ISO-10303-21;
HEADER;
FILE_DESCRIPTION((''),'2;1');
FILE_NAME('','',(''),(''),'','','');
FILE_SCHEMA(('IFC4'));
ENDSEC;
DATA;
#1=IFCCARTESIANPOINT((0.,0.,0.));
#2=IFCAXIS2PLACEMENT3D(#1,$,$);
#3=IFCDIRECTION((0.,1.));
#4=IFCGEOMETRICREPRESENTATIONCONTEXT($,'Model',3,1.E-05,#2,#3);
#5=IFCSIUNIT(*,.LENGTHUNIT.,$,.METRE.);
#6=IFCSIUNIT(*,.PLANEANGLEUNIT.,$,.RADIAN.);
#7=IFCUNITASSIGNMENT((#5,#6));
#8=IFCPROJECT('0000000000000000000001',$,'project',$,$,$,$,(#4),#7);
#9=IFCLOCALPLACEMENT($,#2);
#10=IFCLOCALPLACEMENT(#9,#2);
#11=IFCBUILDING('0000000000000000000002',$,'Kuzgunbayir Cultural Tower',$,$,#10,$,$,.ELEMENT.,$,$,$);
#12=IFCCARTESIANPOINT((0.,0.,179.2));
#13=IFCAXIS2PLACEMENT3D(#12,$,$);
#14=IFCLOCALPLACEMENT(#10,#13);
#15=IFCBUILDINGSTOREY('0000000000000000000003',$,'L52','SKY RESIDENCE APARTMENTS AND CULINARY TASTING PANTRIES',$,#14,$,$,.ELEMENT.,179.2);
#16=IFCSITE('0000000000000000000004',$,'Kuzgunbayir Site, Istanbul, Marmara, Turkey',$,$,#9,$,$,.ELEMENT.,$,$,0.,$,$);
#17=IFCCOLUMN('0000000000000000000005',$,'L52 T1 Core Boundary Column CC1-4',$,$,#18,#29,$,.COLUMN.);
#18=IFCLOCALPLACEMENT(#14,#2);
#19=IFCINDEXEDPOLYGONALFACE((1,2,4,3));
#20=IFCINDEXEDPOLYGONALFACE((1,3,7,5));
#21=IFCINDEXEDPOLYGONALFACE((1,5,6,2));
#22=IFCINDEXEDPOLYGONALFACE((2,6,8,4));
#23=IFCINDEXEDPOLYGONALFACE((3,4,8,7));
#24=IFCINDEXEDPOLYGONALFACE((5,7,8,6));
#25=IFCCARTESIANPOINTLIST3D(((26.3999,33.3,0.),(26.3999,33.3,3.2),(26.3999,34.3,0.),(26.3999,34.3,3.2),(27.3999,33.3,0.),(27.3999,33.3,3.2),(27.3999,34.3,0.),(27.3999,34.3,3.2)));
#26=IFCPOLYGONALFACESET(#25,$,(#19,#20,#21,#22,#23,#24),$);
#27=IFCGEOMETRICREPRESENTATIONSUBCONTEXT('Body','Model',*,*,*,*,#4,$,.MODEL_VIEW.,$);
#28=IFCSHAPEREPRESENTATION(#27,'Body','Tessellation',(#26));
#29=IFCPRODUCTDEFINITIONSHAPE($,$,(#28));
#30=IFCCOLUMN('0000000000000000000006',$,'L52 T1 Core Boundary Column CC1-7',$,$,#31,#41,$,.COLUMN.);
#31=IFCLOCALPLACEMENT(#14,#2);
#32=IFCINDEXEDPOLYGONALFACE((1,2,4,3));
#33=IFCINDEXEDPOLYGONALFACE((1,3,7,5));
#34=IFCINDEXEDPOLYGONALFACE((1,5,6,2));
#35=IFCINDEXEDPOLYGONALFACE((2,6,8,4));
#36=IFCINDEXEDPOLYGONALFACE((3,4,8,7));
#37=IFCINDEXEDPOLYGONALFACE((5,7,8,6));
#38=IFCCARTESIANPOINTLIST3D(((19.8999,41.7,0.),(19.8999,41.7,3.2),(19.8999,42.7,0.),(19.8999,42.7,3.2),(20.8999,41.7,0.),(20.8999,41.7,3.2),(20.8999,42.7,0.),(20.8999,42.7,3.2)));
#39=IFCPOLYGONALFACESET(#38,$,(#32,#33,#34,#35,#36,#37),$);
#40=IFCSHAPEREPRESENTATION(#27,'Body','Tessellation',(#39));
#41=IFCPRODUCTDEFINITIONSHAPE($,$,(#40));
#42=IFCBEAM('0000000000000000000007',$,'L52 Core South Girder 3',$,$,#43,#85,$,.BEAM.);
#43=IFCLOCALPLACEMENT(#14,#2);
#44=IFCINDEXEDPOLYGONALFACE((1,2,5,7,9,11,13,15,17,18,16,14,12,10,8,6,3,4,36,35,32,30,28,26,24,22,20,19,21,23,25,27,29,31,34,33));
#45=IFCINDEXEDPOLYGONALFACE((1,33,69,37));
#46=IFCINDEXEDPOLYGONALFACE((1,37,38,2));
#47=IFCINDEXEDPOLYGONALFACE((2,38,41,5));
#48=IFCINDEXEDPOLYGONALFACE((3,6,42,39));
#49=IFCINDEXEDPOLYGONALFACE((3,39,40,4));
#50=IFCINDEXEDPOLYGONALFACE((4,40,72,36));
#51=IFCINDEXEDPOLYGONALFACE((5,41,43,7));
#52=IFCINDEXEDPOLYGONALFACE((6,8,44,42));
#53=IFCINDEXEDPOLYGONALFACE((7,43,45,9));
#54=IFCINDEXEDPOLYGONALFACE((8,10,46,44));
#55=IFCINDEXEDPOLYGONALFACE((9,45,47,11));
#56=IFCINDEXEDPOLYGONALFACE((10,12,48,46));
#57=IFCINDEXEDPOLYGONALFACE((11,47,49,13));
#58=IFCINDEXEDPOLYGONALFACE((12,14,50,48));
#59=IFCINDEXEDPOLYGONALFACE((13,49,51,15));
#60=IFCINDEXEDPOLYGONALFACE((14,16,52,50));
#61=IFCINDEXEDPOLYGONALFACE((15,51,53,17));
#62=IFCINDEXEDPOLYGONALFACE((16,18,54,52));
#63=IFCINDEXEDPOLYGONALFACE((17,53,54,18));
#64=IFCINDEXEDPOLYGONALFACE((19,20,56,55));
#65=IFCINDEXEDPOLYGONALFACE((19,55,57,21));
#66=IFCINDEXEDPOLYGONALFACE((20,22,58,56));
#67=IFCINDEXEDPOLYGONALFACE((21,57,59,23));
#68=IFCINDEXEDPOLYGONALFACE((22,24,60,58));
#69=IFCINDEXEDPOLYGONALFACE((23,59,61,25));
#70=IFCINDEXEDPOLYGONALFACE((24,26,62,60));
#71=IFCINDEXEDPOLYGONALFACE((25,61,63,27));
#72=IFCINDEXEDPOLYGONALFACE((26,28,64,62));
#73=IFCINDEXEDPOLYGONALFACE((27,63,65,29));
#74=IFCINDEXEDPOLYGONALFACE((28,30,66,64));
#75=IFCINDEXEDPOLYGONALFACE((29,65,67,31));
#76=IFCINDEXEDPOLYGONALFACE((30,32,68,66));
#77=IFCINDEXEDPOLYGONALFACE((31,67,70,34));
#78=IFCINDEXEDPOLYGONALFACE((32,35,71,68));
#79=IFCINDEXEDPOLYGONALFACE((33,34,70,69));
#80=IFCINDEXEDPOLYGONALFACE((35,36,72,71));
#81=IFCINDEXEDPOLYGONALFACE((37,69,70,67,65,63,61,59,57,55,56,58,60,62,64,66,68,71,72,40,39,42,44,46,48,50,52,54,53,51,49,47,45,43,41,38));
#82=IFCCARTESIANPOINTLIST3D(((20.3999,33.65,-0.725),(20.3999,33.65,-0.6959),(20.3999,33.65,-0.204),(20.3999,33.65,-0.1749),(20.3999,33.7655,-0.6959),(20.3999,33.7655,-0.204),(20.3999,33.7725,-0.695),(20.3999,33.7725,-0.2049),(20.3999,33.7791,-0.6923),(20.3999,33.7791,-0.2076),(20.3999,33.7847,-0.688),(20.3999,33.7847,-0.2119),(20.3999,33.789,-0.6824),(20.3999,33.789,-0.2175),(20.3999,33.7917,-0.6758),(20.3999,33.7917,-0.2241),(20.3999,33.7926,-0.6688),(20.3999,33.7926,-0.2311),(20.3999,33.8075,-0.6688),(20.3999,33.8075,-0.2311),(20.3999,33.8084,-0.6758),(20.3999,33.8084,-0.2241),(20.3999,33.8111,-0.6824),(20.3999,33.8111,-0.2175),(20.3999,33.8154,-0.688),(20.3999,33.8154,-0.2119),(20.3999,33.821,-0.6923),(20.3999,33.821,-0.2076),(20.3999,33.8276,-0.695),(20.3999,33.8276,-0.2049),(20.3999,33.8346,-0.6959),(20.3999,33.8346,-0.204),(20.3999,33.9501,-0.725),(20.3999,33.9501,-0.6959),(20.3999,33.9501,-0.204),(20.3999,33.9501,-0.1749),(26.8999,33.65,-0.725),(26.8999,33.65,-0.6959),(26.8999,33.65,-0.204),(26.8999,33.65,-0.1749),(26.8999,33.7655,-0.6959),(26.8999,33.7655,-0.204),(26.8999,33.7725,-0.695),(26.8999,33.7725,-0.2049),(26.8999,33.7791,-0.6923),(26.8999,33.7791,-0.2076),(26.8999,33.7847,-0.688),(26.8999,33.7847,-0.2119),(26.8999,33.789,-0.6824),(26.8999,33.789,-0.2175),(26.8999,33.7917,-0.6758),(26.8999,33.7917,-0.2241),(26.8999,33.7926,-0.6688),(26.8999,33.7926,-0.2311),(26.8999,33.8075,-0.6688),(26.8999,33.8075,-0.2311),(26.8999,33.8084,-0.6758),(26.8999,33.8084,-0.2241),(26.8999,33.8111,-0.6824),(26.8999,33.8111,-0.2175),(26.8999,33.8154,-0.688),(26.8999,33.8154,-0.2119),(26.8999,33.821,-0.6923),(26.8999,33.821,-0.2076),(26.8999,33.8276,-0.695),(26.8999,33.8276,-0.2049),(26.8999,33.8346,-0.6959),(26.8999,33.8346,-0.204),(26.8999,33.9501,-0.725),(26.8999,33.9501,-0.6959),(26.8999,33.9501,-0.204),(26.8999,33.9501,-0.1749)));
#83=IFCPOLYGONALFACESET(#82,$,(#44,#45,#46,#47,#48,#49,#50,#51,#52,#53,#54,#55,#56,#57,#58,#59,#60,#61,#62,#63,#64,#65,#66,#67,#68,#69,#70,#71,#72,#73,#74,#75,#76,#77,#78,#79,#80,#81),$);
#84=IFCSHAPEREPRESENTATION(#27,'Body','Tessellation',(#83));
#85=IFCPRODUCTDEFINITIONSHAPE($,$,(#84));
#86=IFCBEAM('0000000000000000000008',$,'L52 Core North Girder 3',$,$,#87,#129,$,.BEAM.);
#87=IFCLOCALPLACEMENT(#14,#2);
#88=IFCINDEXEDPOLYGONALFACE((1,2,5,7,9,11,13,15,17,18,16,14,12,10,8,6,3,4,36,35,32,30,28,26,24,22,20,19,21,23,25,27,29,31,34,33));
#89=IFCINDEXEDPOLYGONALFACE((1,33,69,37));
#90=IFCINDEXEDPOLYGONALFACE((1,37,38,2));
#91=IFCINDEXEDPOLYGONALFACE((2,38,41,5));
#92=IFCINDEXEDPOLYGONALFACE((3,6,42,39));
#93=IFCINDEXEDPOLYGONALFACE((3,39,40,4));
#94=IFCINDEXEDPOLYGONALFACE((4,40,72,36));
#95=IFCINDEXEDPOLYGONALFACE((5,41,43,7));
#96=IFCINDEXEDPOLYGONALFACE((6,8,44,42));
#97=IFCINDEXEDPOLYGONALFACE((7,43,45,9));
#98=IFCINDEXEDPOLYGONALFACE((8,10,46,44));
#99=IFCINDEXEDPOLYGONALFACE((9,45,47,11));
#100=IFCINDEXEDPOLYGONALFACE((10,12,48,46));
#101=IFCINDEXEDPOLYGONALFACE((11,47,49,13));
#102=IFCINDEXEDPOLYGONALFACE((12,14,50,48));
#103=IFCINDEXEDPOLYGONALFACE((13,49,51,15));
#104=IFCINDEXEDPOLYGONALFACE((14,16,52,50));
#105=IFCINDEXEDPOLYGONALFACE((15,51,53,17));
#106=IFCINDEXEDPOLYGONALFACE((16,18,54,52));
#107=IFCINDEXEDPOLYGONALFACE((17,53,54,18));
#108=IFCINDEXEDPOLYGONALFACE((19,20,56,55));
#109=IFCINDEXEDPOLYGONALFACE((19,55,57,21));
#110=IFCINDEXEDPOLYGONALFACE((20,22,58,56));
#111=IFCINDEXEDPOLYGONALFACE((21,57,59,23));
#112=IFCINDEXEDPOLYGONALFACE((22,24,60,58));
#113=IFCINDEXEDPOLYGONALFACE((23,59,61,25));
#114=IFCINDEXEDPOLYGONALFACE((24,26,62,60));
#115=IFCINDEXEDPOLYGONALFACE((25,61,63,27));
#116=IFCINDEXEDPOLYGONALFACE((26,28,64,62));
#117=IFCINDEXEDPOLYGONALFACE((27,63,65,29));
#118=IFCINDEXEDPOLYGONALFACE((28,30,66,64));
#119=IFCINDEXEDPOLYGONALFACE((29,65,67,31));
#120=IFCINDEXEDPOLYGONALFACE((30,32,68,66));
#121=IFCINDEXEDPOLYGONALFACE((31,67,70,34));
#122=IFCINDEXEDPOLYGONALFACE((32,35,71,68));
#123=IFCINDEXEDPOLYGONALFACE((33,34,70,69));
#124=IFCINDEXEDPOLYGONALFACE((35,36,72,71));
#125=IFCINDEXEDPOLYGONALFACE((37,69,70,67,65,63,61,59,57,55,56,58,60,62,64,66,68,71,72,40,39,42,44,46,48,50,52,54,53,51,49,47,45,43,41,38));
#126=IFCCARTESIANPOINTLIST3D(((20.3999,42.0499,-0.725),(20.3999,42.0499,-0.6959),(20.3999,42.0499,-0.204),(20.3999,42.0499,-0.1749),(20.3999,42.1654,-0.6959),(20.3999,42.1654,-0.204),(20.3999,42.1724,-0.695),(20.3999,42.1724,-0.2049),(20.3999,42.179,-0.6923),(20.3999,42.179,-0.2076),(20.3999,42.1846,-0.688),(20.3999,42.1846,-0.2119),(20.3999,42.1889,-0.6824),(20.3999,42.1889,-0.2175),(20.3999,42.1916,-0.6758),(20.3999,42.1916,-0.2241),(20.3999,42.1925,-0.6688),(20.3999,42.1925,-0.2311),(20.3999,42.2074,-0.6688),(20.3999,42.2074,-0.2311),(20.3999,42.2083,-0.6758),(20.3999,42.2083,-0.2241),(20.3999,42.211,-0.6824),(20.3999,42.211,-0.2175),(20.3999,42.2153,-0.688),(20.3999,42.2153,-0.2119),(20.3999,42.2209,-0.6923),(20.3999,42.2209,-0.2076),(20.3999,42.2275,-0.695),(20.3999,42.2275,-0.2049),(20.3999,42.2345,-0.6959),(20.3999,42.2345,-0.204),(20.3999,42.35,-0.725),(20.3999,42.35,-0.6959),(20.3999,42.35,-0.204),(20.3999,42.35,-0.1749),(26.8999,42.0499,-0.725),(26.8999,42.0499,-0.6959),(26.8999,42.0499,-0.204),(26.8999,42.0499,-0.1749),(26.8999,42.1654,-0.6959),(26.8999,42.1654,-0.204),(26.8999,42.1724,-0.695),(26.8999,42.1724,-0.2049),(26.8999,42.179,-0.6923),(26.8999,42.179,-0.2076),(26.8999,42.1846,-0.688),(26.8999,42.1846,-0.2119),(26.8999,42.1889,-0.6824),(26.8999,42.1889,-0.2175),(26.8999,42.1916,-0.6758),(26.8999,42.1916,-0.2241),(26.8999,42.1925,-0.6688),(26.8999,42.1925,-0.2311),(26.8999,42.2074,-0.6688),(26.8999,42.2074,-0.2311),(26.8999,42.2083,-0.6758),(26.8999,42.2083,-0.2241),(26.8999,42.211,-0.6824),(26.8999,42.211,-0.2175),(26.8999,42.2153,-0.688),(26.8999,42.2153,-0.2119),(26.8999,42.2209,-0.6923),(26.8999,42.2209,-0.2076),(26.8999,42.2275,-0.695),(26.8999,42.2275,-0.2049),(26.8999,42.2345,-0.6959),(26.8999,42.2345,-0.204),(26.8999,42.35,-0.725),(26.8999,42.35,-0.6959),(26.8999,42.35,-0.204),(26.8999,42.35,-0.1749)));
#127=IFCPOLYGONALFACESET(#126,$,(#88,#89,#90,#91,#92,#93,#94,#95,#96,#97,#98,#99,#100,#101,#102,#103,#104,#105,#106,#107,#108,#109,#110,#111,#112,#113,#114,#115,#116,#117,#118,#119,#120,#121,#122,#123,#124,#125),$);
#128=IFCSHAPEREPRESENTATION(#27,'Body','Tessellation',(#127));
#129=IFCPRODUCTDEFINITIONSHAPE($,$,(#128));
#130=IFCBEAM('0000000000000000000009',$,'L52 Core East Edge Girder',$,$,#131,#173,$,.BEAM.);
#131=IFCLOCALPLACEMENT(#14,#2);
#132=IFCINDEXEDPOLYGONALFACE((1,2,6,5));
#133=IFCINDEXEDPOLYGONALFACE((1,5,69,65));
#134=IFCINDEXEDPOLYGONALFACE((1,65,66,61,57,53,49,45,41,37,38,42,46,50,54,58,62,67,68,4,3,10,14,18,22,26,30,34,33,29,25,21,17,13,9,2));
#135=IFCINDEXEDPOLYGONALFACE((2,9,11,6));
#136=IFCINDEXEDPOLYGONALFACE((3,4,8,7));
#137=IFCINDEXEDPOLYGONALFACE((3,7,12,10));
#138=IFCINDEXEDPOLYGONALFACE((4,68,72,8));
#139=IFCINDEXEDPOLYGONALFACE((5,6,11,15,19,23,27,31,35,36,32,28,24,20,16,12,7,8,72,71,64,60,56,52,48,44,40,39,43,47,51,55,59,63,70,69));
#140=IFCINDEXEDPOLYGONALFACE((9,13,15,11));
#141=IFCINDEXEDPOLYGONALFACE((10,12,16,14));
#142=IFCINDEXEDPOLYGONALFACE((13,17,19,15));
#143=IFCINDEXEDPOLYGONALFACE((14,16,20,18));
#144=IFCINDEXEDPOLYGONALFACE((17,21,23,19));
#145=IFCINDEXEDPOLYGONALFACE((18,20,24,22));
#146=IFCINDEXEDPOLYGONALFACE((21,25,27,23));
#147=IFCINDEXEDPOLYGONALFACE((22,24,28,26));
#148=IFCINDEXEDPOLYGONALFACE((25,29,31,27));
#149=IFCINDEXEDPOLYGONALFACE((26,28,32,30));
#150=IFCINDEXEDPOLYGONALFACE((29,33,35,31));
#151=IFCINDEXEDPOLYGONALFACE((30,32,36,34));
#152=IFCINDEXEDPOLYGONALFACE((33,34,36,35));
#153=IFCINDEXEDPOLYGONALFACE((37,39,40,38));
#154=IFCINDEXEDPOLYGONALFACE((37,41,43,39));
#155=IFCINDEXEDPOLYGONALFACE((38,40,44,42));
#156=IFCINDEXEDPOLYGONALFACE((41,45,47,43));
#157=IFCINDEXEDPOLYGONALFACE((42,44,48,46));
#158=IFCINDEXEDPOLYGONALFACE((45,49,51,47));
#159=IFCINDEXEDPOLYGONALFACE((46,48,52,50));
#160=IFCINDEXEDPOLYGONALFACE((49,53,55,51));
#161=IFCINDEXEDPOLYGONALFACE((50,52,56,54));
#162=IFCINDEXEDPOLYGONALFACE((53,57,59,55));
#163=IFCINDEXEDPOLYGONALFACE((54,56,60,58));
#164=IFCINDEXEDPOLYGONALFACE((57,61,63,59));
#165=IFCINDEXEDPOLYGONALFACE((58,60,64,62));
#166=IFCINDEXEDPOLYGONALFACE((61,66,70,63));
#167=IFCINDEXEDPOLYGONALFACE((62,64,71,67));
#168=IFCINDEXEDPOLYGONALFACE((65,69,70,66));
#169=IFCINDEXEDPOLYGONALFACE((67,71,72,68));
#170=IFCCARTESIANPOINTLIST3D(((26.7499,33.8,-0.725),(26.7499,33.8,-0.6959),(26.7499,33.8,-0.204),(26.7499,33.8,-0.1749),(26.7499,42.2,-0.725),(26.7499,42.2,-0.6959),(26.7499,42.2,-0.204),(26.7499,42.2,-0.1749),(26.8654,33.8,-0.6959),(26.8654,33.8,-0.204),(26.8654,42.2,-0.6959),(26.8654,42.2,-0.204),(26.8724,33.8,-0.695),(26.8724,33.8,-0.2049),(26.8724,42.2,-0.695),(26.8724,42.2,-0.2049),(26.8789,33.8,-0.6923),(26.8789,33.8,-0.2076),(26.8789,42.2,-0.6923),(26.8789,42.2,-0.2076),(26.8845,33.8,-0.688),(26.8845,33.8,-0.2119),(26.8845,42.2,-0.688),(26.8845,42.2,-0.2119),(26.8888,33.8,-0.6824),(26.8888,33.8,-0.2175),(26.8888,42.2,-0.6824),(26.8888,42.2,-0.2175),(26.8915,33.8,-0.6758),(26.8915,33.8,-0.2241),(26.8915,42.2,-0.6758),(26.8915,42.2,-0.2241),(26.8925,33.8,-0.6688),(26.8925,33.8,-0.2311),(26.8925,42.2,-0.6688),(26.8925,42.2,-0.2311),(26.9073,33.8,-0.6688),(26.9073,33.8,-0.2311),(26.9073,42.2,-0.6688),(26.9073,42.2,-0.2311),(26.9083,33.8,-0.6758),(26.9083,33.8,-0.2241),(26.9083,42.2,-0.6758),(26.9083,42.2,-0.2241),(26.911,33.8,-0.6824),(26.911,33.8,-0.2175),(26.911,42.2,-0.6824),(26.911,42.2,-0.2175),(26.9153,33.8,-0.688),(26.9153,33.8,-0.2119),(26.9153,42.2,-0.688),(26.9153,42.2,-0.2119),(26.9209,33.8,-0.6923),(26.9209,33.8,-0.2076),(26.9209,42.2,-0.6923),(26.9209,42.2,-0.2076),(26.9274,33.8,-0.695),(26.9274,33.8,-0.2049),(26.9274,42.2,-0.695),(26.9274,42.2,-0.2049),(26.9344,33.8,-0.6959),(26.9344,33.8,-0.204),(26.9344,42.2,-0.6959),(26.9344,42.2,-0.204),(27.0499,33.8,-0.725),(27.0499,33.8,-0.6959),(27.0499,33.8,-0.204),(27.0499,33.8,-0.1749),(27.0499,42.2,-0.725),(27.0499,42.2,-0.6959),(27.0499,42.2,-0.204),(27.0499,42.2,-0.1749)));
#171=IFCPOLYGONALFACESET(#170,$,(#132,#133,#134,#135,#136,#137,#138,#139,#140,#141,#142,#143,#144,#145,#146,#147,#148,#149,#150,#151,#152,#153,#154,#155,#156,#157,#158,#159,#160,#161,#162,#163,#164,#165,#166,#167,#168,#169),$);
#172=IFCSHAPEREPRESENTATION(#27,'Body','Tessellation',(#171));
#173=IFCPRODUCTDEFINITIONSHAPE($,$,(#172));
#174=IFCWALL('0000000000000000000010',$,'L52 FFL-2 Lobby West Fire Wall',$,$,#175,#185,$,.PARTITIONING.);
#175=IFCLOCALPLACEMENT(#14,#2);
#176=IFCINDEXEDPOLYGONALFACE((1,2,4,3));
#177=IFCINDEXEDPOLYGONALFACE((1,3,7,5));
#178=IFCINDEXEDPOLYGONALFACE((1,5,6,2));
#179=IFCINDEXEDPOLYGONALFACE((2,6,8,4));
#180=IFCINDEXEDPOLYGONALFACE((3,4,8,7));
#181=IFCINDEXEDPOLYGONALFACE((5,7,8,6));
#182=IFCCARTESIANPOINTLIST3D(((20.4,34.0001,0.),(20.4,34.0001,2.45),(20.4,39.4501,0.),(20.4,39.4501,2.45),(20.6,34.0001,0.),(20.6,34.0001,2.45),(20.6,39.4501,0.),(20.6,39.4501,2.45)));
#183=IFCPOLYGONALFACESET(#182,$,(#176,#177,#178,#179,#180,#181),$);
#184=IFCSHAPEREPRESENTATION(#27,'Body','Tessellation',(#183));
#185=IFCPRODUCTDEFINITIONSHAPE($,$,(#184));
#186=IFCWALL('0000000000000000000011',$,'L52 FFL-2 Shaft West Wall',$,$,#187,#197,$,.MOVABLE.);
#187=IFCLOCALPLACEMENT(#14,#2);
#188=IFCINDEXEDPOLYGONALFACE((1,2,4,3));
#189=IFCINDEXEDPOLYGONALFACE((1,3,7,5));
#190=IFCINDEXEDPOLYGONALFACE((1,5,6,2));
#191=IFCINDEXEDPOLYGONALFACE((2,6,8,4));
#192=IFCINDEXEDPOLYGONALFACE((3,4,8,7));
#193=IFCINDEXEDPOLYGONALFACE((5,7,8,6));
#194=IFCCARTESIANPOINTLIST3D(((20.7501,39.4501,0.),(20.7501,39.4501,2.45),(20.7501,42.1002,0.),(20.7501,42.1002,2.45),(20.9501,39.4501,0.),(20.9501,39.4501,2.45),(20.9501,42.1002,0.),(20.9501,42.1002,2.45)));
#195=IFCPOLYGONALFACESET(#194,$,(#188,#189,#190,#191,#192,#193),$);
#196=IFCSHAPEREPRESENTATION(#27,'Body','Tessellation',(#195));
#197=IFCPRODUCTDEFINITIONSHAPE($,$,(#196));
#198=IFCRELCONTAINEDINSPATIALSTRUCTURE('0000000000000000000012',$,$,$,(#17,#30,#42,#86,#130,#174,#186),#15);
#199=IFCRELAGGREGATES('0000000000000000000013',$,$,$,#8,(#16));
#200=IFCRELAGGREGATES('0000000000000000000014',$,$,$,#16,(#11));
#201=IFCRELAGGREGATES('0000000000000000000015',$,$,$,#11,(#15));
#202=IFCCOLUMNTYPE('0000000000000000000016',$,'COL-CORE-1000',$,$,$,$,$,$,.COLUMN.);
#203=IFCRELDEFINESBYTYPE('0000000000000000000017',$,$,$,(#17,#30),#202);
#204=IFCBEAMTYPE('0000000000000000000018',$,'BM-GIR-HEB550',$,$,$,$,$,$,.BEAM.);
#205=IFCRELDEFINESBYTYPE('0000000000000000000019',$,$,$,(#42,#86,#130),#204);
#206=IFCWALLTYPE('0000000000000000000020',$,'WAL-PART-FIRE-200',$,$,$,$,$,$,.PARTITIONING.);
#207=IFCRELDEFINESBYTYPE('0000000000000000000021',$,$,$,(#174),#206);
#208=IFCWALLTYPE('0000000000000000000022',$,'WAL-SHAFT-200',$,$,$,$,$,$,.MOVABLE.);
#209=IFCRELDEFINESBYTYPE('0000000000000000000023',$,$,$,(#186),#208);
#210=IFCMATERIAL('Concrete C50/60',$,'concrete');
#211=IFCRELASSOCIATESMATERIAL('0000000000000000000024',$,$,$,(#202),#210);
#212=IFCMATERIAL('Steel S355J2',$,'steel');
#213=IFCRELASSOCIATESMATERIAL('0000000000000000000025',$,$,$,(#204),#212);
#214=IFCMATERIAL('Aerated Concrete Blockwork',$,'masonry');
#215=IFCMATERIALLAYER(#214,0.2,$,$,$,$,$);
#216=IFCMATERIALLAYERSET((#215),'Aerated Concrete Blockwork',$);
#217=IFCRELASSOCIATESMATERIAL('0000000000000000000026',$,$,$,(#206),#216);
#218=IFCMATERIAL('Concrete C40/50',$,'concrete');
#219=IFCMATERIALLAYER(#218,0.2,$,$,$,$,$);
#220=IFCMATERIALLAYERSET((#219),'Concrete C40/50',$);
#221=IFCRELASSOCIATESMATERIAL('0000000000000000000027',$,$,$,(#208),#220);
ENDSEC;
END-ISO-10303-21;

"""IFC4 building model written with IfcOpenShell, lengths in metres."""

from ifc_helpers import new_model, si_unit, direction, frame, frame_2d, origin, origin_2d, place, context, subcontext, project, spatial, rectangle, i_section, extrude, material, layer, layer_set, material_profile, profile_set, type_object, element, save


model = new_model("IFC4")

# Units and contexts
model_context = context("Model", 3, precision=1e-05, world=origin(), true_north=direction((0.0, 1.0)))
body_context = subcontext(model_context, "Body", "Model", "MODEL_VIEW")
ifc_project = project(units=[si_unit("LENGTHUNIT", "METRE"), si_unit("PLANEANGLEUNIT", "RADIAN")], contexts=[model_context])

# Site, building, storey
site_placement = place(None, origin())
site = spatial("IfcSite", under=ifc_project, at=site_placement, Name="Kuzgunbayir Site, Istanbul, Marmara, Turkey", CompositionType="ELEMENT", RefElevation=0.0)
building_placement = place(site_placement, origin())
building = spatial("IfcBuilding", under=site, at=building_placement, Name="Kuzgunbayir Cultural Tower", CompositionType="ELEMENT")
storey_placement = place(building_placement, frame((0.0, 0.0, 179.2)))
storey = spatial("IfcBuildingStorey", under=building, at=storey_placement, Name="L52", Description="SKY RESIDENCE APARTMENTS AND CULINARY TASTING PANTRIES", CompositionType="ELEMENT", Elevation=179.2)

# Columns
ifc_material_1 = material(Name="Concrete C50/60", Category="concrete")
ifc_material_profile_1 = material_profile(ifc_material_1, rectangle(XDim=1.0, YDim=1.0, at=origin_2d()), Name="RC 1000x1000")
ifc_profile_set_1 = profile_set([ifc_material_profile_1], Name="Concrete C50/60")
column_type = type_object("IfcColumnType", Name="COL-CORE-1000", PredefinedType="COLUMN", material=ifc_profile_set_1)
for number, where, z_axis, x_axis, name in (
    (1, (26.8999, 33.8, 0.0), (0.0, 0.0, 1.0), (1.0, 0.0, 0.0), "L52 T1 Core Boundary Column CC1-4"),
    (2, (20.3999, 42.2, 0.0), (0.0, 0.0, 1.0), (1.0, 0.0, 0.0), "L52 T1 Core Boundary Column CC1-7"),
):
    element("IfcColumn", number, at=place(storey_placement, frame(where, z_axis=z_axis, x_axis=x_axis)), inside=storey, type_object=column_type, Name=name, PredefinedType="COLUMN", context=body_context, shape_type="SweptSolid", body=[
        extrude(rectangle(XDim=1.0, YDim=1.0, at=origin_2d()), origin(), (0.0, 0.0, 1.0), 3.2),
    ])

# Beams
ifc_material_2 = material(Name="Steel S355J2", Category="steel")
ifc_material_profile_2 = material_profile(ifc_material_2, i_section(OverallWidth=0.3, OverallDepth=0.55, WebThickness=0.0149, FlangeThickness=0.0291, FilletRadius=0.0271, at=origin_2d()), Name="HEB 550")
ifc_profile_set_2 = profile_set([ifc_material_profile_2], Name="Steel S355J2")
beam_type = type_object("IfcBeamType", Name="BM-GIR-HEB550", PredefinedType="BEAM", material=ifc_profile_set_2)
for number, where, z_axis, x_axis, name in (
    (3, (20.3999, 33.8, -0.45), (1.0, 0.0, 0.0), (0.0, 1.0, 0.0), "L52 Core South Girder 3"),
    (4, (20.3999, 42.2, -0.45), (1.0, 0.0, 0.0), (0.0, 1.0, 0.0), "L52 Core North Girder 3"),
):
    element("IfcBeam", number, at=place(storey_placement, frame(where, z_axis=z_axis, x_axis=x_axis)), inside=storey, type_object=beam_type, Name=name, PredefinedType="BEAM", context=body_context, shape_type="SweptSolid", body=[
        extrude(i_section(OverallWidth=0.3, OverallDepth=0.55, WebThickness=0.0149, FlangeThickness=0.0291, FilletRadius=0.0271, at=origin_2d()), origin(), (0.0, 0.0, 1.0), 6.5),
    ])
beam_placement = place(storey_placement, frame((26.8999, 33.8, -0.45), z_axis=(0.0, 1.0, 0.0), x_axis=(-1.0, 0.0, 0.0)))
element("IfcBeam", 5, at=beam_placement, inside=storey, type_object=beam_type, Name="L52 Core East Edge Girder", PredefinedType="BEAM", context=body_context, shape_type="SweptSolid", body=[
    extrude(i_section(OverallWidth=0.3, OverallDepth=0.55, WebThickness=0.0149, FlangeThickness=0.0291, FilletRadius=0.0271, at=origin_2d()), origin(), (0.0, 0.0, 1.0), 8.3999),
])

# Wall
ifc_material_3 = material(Name="Aerated Concrete Blockwork", Category="masonry")
ifc_layer_1 = layer(ifc_material_3, 0.2)
ifc_layer_set_1 = layer_set([ifc_layer_1], Name="Aerated Concrete Blockwork")
wall_type_1 = type_object("IfcWallType", Name="WAL-PART-FIRE-200", PredefinedType="PARTITIONING", material=ifc_layer_set_1)
wall_1_placement = place(storey_placement, frame((20.5, 34.0, 0.0), z_axis=(0.0, 0.0, 1.0), x_axis=(0.0, 1.0, 0.0)))
element("IfcWall", 6, at=wall_1_placement, inside=storey, type_object=wall_type_1, Name="L52 FFL-2 Lobby West Fire Wall", PredefinedType="PARTITIONING", context=body_context, shape_type="SweptSolid", body=[
    extrude(rectangle(XDim=5.45, YDim=0.2, at=frame_2d((2.7251, 0.0))), origin(), (0.0, 0.0, 1.0), 2.45),
])

# Shared definitions
ifc_material_4 = material(Name="Concrete C40/50", Category="concrete")
ifc_layer_2 = layer(ifc_material_4, 0.2)
ifc_layer_set_2 = layer_set([ifc_layer_2], Name="Concrete C40/50")
wall_type_2 = type_object("IfcWallType", Name="WAL-SHAFT-200", PredefinedType="MOVABLE", material=ifc_layer_set_2)

# Wall
for number, where, z_axis, x_axis, name in (
    (7, (20.8501, 39.45, 0.0), (0.0, 0.0, 1.0), (0.0, 1.0, 0.0), "L52 FFL-2 Shaft West Wall"),
):
    element("IfcWall", number, at=place(storey_placement, frame(where, z_axis=z_axis, x_axis=x_axis)), inside=storey, type_object=wall_type_2, Name=name, PredefinedType="MOVABLE", context=body_context, shape_type="SweptSolid", body=[
        extrude(rectangle(XDim=2.6501, YDim=0.2, at=frame_2d((1.3252, 0.0))), origin(), (0.0, 0.0, 1.0), 2.45),
    ])

save(model, "model.ifc")
